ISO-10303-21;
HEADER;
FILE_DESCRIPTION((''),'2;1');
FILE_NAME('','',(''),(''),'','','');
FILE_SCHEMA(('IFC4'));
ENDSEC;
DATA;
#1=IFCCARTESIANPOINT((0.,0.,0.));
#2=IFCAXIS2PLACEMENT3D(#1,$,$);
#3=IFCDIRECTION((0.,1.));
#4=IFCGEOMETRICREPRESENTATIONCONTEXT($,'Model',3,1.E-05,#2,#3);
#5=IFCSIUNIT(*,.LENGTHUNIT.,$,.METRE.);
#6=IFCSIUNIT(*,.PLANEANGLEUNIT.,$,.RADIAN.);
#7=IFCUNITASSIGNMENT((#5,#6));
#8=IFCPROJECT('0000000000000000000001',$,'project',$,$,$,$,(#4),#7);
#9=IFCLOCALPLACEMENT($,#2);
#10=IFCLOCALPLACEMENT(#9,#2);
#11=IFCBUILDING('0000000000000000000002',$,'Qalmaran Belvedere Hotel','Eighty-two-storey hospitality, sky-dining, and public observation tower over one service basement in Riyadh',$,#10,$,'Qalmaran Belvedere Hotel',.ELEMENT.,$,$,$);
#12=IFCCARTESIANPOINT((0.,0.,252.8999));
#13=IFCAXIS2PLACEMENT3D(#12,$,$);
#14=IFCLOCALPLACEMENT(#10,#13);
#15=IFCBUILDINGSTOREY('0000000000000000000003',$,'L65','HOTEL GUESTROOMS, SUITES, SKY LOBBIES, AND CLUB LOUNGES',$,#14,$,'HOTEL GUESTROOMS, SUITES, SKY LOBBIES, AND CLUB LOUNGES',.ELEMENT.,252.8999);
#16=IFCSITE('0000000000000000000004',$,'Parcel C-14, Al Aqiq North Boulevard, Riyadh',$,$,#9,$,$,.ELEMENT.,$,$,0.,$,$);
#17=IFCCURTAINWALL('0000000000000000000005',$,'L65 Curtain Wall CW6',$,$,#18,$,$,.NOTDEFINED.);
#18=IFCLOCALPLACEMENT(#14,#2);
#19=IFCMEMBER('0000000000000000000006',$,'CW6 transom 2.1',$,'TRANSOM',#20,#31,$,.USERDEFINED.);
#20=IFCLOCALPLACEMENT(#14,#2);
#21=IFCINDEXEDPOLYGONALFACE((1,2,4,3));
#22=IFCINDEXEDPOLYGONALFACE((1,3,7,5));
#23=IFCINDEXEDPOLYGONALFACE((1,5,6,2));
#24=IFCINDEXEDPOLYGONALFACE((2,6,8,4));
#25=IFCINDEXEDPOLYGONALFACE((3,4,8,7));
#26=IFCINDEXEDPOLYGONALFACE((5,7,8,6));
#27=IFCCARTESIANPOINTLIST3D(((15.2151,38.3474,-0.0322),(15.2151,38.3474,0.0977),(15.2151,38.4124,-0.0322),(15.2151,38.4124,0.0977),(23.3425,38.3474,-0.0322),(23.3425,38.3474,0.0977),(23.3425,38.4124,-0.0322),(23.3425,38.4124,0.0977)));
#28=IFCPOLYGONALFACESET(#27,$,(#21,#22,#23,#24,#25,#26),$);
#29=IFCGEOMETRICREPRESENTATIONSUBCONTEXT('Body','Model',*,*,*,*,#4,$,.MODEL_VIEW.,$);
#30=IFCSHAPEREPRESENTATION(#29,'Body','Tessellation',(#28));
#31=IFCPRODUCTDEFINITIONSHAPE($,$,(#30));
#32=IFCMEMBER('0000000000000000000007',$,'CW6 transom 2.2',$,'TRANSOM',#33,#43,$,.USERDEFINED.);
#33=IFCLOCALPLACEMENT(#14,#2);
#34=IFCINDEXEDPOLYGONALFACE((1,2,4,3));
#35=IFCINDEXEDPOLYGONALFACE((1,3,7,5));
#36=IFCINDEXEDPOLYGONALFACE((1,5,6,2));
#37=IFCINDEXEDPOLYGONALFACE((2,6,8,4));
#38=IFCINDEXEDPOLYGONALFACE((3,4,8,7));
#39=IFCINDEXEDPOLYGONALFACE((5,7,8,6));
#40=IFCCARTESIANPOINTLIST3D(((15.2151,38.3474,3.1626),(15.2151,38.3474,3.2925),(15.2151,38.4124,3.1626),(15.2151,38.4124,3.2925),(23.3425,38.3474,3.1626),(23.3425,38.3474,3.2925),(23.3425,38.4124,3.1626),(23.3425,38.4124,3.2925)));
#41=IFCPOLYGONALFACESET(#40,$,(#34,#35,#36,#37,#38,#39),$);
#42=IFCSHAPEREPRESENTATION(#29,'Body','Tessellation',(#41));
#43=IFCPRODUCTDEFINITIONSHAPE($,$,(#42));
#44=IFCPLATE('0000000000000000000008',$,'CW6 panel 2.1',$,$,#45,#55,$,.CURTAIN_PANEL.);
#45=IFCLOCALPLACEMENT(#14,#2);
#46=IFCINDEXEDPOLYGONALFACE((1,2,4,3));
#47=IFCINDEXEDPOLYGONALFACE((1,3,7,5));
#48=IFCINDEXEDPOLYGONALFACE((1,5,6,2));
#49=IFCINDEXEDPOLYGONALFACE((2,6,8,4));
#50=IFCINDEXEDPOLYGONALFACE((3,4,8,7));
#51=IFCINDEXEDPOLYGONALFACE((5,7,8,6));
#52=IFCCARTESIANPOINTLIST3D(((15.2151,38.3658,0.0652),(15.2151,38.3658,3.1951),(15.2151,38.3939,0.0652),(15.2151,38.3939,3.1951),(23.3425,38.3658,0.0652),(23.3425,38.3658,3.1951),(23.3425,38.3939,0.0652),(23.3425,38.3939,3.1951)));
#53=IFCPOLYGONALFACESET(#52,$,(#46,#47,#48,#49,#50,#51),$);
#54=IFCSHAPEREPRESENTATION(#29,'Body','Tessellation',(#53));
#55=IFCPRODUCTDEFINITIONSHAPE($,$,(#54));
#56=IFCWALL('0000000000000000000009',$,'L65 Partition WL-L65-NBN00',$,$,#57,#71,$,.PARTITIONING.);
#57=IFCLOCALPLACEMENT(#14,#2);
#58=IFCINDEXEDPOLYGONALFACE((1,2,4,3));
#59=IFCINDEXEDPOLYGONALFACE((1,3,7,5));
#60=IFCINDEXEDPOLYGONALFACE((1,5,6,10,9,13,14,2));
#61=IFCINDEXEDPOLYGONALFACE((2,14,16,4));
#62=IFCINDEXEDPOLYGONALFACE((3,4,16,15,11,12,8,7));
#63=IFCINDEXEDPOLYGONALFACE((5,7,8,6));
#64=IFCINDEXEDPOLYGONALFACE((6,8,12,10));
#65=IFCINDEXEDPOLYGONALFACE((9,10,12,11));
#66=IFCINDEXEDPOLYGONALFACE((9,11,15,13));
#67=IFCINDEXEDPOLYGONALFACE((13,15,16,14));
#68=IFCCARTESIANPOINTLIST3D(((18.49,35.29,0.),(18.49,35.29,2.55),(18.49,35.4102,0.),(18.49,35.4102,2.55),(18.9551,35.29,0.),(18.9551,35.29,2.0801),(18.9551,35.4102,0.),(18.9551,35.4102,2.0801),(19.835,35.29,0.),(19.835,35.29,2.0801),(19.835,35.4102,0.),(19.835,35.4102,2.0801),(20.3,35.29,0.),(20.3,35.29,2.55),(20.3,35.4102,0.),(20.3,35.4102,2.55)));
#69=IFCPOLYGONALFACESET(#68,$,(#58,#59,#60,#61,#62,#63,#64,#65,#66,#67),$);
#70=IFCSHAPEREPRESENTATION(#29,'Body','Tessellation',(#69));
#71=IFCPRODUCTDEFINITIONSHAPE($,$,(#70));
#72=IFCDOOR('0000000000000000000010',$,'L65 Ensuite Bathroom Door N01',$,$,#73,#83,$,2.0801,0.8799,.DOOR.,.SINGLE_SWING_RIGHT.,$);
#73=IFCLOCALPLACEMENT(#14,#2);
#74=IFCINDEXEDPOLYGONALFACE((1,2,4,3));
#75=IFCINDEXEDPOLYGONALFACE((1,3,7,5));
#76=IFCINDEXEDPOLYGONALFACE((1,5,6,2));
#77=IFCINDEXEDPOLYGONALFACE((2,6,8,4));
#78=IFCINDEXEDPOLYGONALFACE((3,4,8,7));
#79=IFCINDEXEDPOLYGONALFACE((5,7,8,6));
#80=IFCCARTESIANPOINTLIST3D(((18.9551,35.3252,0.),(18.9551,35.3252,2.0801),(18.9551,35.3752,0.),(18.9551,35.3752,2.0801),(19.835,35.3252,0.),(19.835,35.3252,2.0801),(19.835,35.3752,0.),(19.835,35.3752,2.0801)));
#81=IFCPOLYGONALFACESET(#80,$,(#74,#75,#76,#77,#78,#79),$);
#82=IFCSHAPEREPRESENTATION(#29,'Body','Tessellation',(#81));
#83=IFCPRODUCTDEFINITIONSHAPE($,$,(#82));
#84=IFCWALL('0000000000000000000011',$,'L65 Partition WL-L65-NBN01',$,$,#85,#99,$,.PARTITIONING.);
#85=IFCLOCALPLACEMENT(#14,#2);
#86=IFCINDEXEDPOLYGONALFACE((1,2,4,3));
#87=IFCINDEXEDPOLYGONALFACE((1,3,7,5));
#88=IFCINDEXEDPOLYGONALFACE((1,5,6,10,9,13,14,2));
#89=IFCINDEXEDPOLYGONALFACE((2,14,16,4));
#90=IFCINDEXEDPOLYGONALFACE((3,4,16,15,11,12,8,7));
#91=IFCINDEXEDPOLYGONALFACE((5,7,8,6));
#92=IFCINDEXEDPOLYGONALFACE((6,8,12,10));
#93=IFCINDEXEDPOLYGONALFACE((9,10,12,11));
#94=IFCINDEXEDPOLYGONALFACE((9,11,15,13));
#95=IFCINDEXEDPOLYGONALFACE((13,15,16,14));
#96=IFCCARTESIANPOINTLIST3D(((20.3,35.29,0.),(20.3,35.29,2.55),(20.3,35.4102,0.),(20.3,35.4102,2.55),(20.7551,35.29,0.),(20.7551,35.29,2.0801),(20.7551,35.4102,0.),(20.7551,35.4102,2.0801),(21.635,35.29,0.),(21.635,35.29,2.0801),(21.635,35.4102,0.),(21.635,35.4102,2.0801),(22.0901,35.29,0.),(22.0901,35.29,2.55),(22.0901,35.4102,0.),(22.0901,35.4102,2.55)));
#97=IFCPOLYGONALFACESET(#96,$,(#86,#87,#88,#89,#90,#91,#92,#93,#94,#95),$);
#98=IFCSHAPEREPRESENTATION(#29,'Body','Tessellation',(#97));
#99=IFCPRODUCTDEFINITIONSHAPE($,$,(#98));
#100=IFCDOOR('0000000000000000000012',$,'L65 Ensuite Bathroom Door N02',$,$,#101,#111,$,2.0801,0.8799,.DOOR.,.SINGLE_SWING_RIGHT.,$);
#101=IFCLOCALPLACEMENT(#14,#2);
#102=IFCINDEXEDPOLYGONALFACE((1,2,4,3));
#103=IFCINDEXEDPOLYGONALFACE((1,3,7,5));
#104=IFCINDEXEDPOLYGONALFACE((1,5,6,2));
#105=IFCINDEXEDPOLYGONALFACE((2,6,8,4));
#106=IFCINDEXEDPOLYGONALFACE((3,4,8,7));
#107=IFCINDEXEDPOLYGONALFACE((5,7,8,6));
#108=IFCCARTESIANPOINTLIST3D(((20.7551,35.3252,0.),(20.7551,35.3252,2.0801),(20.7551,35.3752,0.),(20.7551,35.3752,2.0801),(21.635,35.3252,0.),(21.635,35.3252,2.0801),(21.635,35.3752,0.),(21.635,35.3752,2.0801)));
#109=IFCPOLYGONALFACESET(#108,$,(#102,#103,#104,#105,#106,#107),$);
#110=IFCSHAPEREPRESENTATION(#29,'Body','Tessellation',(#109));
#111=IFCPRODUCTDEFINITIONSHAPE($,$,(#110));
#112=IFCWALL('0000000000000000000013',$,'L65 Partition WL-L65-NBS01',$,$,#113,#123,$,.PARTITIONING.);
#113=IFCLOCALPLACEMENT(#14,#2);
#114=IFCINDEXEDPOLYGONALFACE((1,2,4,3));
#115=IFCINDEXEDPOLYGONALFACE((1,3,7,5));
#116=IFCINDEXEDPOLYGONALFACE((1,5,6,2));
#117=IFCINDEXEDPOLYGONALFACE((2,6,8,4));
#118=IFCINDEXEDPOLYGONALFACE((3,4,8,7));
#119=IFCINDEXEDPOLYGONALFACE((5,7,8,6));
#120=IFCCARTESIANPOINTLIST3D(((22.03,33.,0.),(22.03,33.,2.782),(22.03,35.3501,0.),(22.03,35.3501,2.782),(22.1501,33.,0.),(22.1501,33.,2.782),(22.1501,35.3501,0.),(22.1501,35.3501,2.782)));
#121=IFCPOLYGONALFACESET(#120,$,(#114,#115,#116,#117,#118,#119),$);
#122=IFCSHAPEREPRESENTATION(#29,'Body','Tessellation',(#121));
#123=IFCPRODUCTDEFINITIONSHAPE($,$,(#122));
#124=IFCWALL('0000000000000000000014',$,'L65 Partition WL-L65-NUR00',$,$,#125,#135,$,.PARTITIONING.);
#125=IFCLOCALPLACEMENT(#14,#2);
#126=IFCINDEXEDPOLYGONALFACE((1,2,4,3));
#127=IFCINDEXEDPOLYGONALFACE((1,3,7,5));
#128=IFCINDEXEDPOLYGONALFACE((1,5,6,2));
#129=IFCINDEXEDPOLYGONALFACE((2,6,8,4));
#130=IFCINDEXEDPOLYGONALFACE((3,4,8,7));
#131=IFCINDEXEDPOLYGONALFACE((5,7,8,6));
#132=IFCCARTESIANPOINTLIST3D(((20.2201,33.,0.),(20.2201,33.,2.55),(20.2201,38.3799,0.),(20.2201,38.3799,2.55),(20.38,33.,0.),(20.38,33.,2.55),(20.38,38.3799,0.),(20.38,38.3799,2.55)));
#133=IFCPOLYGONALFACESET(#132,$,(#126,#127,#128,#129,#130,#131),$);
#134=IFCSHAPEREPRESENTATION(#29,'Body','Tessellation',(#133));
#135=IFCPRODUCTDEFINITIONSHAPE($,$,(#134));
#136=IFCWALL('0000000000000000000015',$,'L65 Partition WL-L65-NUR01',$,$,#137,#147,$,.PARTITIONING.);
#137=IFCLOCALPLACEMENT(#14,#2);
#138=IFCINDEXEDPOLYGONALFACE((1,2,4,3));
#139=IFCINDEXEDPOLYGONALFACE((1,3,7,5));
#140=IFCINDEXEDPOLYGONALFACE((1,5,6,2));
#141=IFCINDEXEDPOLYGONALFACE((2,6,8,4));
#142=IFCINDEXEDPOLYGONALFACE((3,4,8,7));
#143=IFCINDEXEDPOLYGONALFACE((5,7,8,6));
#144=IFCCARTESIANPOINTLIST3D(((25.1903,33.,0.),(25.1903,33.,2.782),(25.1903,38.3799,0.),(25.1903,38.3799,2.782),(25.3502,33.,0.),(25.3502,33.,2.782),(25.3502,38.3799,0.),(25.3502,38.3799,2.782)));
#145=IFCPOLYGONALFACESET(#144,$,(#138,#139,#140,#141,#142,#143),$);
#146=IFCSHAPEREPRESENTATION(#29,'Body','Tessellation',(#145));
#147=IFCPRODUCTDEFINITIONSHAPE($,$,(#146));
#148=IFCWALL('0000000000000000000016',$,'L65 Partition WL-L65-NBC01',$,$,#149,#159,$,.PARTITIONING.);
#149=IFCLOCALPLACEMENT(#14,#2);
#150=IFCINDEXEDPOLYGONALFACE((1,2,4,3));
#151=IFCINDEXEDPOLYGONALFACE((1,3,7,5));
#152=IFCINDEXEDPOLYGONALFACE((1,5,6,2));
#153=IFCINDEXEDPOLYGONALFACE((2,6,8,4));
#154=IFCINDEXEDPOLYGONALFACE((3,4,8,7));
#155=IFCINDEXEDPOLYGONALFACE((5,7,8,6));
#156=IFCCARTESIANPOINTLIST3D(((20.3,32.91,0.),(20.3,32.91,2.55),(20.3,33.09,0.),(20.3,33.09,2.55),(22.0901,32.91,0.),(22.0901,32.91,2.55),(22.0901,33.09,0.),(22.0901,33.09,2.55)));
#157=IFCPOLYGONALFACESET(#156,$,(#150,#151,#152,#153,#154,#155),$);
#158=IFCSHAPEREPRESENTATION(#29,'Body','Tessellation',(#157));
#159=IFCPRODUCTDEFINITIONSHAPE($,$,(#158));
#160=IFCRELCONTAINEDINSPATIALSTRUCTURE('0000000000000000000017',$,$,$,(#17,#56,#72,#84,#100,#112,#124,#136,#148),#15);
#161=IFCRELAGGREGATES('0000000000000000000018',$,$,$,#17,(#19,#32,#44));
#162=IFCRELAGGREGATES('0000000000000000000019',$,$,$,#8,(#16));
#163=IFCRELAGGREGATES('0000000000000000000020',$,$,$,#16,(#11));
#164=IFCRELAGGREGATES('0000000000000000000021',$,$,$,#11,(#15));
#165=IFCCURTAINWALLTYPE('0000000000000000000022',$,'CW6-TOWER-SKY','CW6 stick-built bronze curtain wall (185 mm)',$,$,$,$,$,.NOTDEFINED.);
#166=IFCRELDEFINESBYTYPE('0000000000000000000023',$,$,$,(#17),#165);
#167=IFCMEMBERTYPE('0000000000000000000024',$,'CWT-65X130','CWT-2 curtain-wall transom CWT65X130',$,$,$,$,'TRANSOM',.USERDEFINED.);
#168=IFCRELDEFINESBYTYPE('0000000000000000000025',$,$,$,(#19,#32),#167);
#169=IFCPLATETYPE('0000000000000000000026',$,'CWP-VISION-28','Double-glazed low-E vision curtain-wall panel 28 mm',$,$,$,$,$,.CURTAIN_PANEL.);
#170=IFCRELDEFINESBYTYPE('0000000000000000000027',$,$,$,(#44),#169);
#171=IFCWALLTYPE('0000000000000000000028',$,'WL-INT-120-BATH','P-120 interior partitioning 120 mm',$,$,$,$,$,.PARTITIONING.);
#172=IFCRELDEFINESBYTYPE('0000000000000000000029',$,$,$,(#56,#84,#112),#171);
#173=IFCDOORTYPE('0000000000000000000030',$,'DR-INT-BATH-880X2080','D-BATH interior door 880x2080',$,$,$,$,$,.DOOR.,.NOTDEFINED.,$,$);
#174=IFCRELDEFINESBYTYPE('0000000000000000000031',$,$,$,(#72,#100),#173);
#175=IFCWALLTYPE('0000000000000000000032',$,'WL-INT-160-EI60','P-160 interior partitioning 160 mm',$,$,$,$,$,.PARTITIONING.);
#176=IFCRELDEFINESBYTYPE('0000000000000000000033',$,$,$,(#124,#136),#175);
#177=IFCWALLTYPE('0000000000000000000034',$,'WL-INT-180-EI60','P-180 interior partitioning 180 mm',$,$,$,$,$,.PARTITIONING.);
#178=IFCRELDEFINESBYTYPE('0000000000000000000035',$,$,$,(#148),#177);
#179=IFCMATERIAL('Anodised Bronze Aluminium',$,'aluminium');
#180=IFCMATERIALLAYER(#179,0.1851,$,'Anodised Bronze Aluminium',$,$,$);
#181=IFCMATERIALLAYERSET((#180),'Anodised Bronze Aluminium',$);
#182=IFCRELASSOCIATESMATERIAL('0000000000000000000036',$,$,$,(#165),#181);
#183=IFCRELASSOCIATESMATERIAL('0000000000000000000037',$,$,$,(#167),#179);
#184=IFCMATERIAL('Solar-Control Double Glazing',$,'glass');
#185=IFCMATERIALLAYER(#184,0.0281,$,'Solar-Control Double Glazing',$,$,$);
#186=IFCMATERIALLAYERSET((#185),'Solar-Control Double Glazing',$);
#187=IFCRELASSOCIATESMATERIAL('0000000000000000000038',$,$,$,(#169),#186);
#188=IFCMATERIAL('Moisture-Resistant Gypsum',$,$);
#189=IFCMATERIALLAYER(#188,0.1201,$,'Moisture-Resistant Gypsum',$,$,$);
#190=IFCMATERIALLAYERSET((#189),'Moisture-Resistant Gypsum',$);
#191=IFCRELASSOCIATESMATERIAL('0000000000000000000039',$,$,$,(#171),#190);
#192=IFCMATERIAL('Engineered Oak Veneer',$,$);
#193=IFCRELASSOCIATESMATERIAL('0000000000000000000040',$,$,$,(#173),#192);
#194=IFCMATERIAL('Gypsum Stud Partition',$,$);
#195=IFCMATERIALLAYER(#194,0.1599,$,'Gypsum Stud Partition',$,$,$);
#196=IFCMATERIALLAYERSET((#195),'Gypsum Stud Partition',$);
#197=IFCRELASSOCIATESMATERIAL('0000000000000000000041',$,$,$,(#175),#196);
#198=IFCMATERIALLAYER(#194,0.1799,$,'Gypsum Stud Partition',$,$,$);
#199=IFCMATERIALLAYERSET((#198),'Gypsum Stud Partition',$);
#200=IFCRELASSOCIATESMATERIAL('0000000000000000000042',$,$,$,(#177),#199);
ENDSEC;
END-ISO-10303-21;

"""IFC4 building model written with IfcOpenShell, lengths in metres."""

from ifc_helpers import new_model, si_unit, direction, frame, frame_2d, origin, origin_2d, place, context, subcontext, project, spatial, rectangle, extrude, material, layer, layer_set, material_profile, profile_set, type_object, element, fill, aggregate, save


model = new_model("IFC4")

# Units and contexts
model_context = context("Model", 3, precision=1e-05, world=origin(), true_north=direction((0.0, 1.0)))
body_context = subcontext(model_context, "Body", "Model", "MODEL_VIEW")
ifc_project = project(units=[si_unit("LENGTHUNIT", "METRE"), si_unit("PLANEANGLEUNIT", "RADIAN")], contexts=[model_context])

# Site, building, storey
site_placement = place(None, origin())
site = spatial("IfcSite", under=ifc_project, at=site_placement, Name="Parcel C-14, Al Aqiq North Boulevard, Riyadh", CompositionType="ELEMENT", RefElevation=0.0)
building_placement = place(site_placement, origin())
building = spatial("IfcBuilding", under=site, at=building_placement, Name="Qalmaran Belvedere Hotel", Description="Eighty-two-storey hospitality, sky-dining, and public observation tower over one service basement in Riyadh", LongName="Qalmaran Belvedere Hotel", CompositionType="ELEMENT")
storey_placement = place(building_placement, frame((0.0, 0.0, 252.8999)))
storey = spatial("IfcBuildingStorey", under=building, at=storey_placement, Name="L65", Description="HOTEL GUESTROOMS, SUITES, SKY LOBBIES, AND CLUB LOUNGES", LongName="HOTEL GUESTROOMS, SUITES, SKY LOBBIES, AND CLUB LOUNGES", CompositionType="ELEMENT", Elevation=252.8999)

# Curtain wall, members, plate
ifc_material_1 = material(Name="Anodised Bronze Aluminium", Category="aluminium")
ifc_layer_1 = layer(ifc_material_1, 0.1851, Name="Anodised Bronze Aluminium")
ifc_layer_set_1 = layer_set([ifc_layer_1], Name="Anodised Bronze Aluminium")
curtain_wall_type = type_object("IfcCurtainWallType", Name="CW6-TOWER-SKY", Description="CW6 stick-built bronze curtain wall (185 mm)", PredefinedType="NOTDEFINED", material=ifc_layer_set_1)
curtain_wall_placement = place(storey_placement, origin())
curtain_wall = element("IfcCurtainWall", 1, at=curtain_wall_placement, inside=storey, type_object=curtain_wall_type, Name="L65 Curtain Wall CW6", PredefinedType="NOTDEFINED")
ifc_material_profile_1 = material_profile(ifc_material_1, rectangle(XDim=0.0649, YDim=0.1299, at=origin_2d()), Name="CWT65X130")
ifc_profile_set_1 = profile_set([ifc_material_profile_1], Name="Anodised Bronze Aluminium")
member_type_1 = type_object("IfcMemberType", Name="CWT-65X130", Description="CWT-2 curtain-wall transom CWT65X130", ElementType="TRANSOM", PredefinedType="USERDEFINED", material=ifc_profile_set_1)
member_1_placement = place(storey_placement, frame((23.3425, 38.3799, 0.0327), z_axis=(-1.0, 0.0, 0.0), x_axis=(0.0, -1.0, 0.0)))
member_1 = element("IfcMember", 2, at=member_1_placement, type_object=member_type_1, Name="CW6 transom 2.1", ObjectType="TRANSOM", PredefinedType="USERDEFINED", context=body_context, shape_type="SweptSolid", body=[
    extrude(rectangle(XDim=0.0649, YDim=0.1299, at=origin_2d()), origin(), (0.0, 0.0, 1.0), 8.1274),
])
member_2_placement = place(storey_placement, frame((23.3425, 38.3799, 3.2275), z_axis=(-1.0, 0.0, 0.0), x_axis=(0.0, -1.0, 0.0)))
member_2 = element("IfcMember", 3, at=member_2_placement, type_object=member_type_1, Name="CW6 transom 2.2", ObjectType="TRANSOM", PredefinedType="USERDEFINED", context=body_context, shape_type="SweptSolid", body=[
    extrude(rectangle(XDim=0.0649, YDim=0.1299, at=origin_2d()), origin(), (0.0, 0.0, 1.0), 8.1274),
])
ifc_material_2 = material(Name="Solar-Control Double Glazing", Category="glass")
ifc_layer_2 = layer(ifc_material_2, 0.0281, Name="Solar-Control Double Glazing")
ifc_layer_set_2 = layer_set([ifc_layer_2], Name="Solar-Control Double Glazing")
plate_type = type_object("IfcPlateType", Name="CWP-VISION-28", Description="Double-glazed low-E vision curtain-wall panel 28 mm", PredefinedType="CURTAIN_PANEL", material=ifc_layer_set_2)
plate_placement = place(storey_placement, frame((19.2788, 38.3799, 0.0652), z_axis=(0.0, 0.0, 1.0), x_axis=(-1.0, 0.0, 0.0)))
plate = element("IfcPlate", 4, at=plate_placement, type_object=plate_type, Name="CW6 panel 2.1", PredefinedType="CURTAIN_PANEL", context=body_context, shape_type="SweptSolid", body=[
    extrude(rectangle(XDim=8.1274, YDim=0.0281, at=origin_2d()), origin(), (0.0, 0.0, 1.0), 3.1299),
])
aggregate(curtain_wall, [member_1, member_2, plate])

# Walls, openings, doors
ifc_material_3 = material(Name="Moisture-Resistant Gypsum")
ifc_layer_3 = layer(ifc_material_3, 0.1201, Name="Moisture-Resistant Gypsum")
ifc_layer_set_3 = layer_set([ifc_layer_3], Name="Moisture-Resistant Gypsum")
wall_type_1 = type_object("IfcWallType", Name="WL-INT-120-BATH", Description="P-120 interior partitioning 120 mm", PredefinedType="PARTITIONING", material=ifc_layer_set_3)
wall_1_placement = place(storey_placement, frame((18.49, 35.3501, 0.0), z_axis=(0.0, 0.0, 1.0), x_axis=(1.0, 0.0, 0.0)))
wall_1 = element("IfcWall", 5, at=wall_1_placement, inside=storey, type_object=wall_type_1, Name="L65 Partition WL-L65-NBN00", PredefinedType="PARTITIONING", context=body_context, shape_type="SweptSolid", body=[
    extrude(rectangle(XDim=1.8101, YDim=0.1201, at=frame_2d((0.905, 0.0))), origin(), (0.0, 0.0, 1.0), 2.55),
])
opening_1_placement = place(wall_1_placement, frame((1.345, 0.0, 0.0), z_axis=(0.0, 0.0, 1.0), x_axis=(-1.0, 0.0, 0.0)))
opening_1 = element("IfcOpeningElement", 6, at=opening_1_placement, cuts=wall_1, PredefinedType="OPENING", context=body_context, shape_type="SweptSolid", body=[
    extrude(rectangle(XDim=0.8799, YDim=2.0801, at=frame_2d((0.4399, 1.04))), frame((0.0, 0.0701, 0.0), z_axis=(0.0, -1.0, 0.0), x_axis=(1.0, 0.0, 0.0)), (0.0, 0.0, 1.0), 0.1401),
])
ifc_material_4 = material(Name="Engineered Oak Veneer")
door_type_1 = type_object("IfcDoorType", Name="DR-INT-BATH-880X2080", Description="D-BATH interior door 880x2080", OperationType="NOTDEFINED", PredefinedType="DOOR", material=ifc_material_4)
door_1_placement = place(opening_1_placement, origin())
door_1 = element("IfcDoor", 7, at=door_1_placement, inside=storey, type_object=door_type_1, Name="L65 Ensuite Bathroom Door N01", OperationType="SINGLE_SWING_RIGHT", OverallHeight=2.0801, OverallWidth=0.8799, PredefinedType="DOOR", context=body_context, shape_type="SweptSolid", body=[
    extrude(rectangle(XDim=0.8799, YDim=2.0801, at=frame_2d((0.4399, 1.04))), frame((0.0, 0.0249, 0.0), z_axis=(0.0, -1.0, 0.0), x_axis=(1.0, 0.0, 0.0)), (0.0, 0.0, 1.0), 0.05),
])
fill(opening_1, door_1)
wall_2_placement = place(storey_placement, frame((20.3, 35.3501, 0.0), z_axis=(0.0, 0.0, 1.0), x_axis=(1.0, 0.0, 0.0)))
wall_2 = element("IfcWall", 8, at=wall_2_placement, inside=storey, type_object=wall_type_1, Name="L65 Partition WL-L65-NBN01", PredefinedType="PARTITIONING", context=body_context, shape_type="SweptSolid", body=[
    extrude(rectangle(XDim=1.79, YDim=0.1201, at=frame_2d((0.895, 0.0))), origin(), (0.0, 0.0, 1.0), 2.55),
])
opening_2_placement = place(wall_2_placement, frame((1.335, 0.0, 0.0), z_axis=(0.0, 0.0, 1.0), x_axis=(-1.0, 0.0, 0.0)))
opening_2 = element("IfcOpeningElement", 9, at=opening_2_placement, cuts=wall_2, PredefinedType="OPENING", context=body_context, shape_type="SweptSolid", body=[
    extrude(rectangle(XDim=0.8799, YDim=2.0801, at=frame_2d((0.4399, 1.04))), frame((0.0, 0.0701, 0.0), z_axis=(0.0, -1.0, 0.0), x_axis=(1.0, 0.0, 0.0)), (0.0, 0.0, 1.0), 0.1401),
])
door_2_placement = place(opening_2_placement, origin())
door_2 = element("IfcDoor", 10, at=door_2_placement, inside=storey, type_object=door_type_1, Name="L65 Ensuite Bathroom Door N02", OperationType="SINGLE_SWING_RIGHT", OverallHeight=2.0801, OverallWidth=0.8799, PredefinedType="DOOR", context=body_context, shape_type="SweptSolid", body=[
    extrude(rectangle(XDim=0.8799, YDim=2.0801, at=frame_2d((0.4399, 1.04))), frame((0.0, 0.0249, 0.0), z_axis=(0.0, -1.0, 0.0), x_axis=(1.0, 0.0, 0.0)), (0.0, 0.0, 1.0), 0.05),
])
fill(opening_2, door_2)

# Walls
wall_3_placement = place(storey_placement, frame((22.0901, 33.0, 0.0), z_axis=(0.0, 0.0, 1.0), x_axis=(0.0, 1.0, 0.0)))
element("IfcWall", 11, at=wall_3_placement, inside=storey, type_object=wall_type_1, Name="L65 Partition WL-L65-NBS01", PredefinedType="PARTITIONING", context=body_context, shape_type="SweptSolid", body=[
    extrude(rectangle(XDim=2.3501, YDim=0.1201, at=frame_2d((1.175, 0.0))), origin(), (0.0, 0.0, 1.0), 2.782),
])
ifc_material_5 = material(Name="Gypsum Stud Partition")
ifc_layer_4 = layer(ifc_material_5, 0.1599, Name="Gypsum Stud Partition")
ifc_layer_set_4 = layer_set([ifc_layer_4], Name="Gypsum Stud Partition")
wall_type_2 = type_object("IfcWallType", Name="WL-INT-160-EI60", Description="P-160 interior partitioning 160 mm", PredefinedType="PARTITIONING", material=ifc_layer_set_4)
wall_4_placement = place(storey_placement, frame((20.3, 33.0, 0.0), z_axis=(0.0, 0.0, 1.0), x_axis=(0.0, 1.0, 0.0)))
element("IfcWall", 12, at=wall_4_placement, inside=storey, type_object=wall_type_2, Name="L65 Partition WL-L65-NUR00", PredefinedType="PARTITIONING", context=body_context, shape_type="SweptSolid", body=[
    extrude(rectangle(XDim=5.3799, YDim=0.1599, at=frame_2d((2.6899, 0.0))), origin(), (0.0, 0.0, 1.0), 2.55),
])
wall_5_placement = place(storey_placement, frame((25.2703, 33.0, 0.0), z_axis=(0.0, 0.0, 1.0), x_axis=(0.0, 1.0, 0.0)))
element("IfcWall", 13, at=wall_5_placement, inside=storey, type_object=wall_type_2, Name="L65 Partition WL-L65-NUR01", PredefinedType="PARTITIONING", context=body_context, shape_type="SweptSolid", body=[
    extrude(rectangle(XDim=5.3799, YDim=0.1599, at=frame_2d((2.6899, 0.0))), origin(), (0.0, 0.0, 1.0), 2.782),
])
ifc_layer_5 = layer(ifc_material_5, 0.1799, Name="Gypsum Stud Partition")
ifc_layer_set_5 = layer_set([ifc_layer_5], Name="Gypsum Stud Partition")
wall_type_3 = type_object("IfcWallType", Name="WL-INT-180-EI60", Description="P-180 interior partitioning 180 mm", PredefinedType="PARTITIONING", material=ifc_layer_set_5)
wall_6_placement = place(storey_placement, frame((20.3, 33.0, 0.0), z_axis=(0.0, 0.0, 1.0), x_axis=(1.0, 0.0, 0.0)))
element("IfcWall", 14, at=wall_6_placement, inside=storey, type_object=wall_type_3, Name="L65 Partition WL-L65-NBC01", PredefinedType="PARTITIONING", context=body_context, shape_type="SweptSolid", body=[
    extrude(rectangle(XDim=1.79, YDim=0.1799, at=frame_2d((0.895, 0.0))), origin(), (0.0, 0.0, 1.0), 2.55),
])

save(model, "model.ifc")
